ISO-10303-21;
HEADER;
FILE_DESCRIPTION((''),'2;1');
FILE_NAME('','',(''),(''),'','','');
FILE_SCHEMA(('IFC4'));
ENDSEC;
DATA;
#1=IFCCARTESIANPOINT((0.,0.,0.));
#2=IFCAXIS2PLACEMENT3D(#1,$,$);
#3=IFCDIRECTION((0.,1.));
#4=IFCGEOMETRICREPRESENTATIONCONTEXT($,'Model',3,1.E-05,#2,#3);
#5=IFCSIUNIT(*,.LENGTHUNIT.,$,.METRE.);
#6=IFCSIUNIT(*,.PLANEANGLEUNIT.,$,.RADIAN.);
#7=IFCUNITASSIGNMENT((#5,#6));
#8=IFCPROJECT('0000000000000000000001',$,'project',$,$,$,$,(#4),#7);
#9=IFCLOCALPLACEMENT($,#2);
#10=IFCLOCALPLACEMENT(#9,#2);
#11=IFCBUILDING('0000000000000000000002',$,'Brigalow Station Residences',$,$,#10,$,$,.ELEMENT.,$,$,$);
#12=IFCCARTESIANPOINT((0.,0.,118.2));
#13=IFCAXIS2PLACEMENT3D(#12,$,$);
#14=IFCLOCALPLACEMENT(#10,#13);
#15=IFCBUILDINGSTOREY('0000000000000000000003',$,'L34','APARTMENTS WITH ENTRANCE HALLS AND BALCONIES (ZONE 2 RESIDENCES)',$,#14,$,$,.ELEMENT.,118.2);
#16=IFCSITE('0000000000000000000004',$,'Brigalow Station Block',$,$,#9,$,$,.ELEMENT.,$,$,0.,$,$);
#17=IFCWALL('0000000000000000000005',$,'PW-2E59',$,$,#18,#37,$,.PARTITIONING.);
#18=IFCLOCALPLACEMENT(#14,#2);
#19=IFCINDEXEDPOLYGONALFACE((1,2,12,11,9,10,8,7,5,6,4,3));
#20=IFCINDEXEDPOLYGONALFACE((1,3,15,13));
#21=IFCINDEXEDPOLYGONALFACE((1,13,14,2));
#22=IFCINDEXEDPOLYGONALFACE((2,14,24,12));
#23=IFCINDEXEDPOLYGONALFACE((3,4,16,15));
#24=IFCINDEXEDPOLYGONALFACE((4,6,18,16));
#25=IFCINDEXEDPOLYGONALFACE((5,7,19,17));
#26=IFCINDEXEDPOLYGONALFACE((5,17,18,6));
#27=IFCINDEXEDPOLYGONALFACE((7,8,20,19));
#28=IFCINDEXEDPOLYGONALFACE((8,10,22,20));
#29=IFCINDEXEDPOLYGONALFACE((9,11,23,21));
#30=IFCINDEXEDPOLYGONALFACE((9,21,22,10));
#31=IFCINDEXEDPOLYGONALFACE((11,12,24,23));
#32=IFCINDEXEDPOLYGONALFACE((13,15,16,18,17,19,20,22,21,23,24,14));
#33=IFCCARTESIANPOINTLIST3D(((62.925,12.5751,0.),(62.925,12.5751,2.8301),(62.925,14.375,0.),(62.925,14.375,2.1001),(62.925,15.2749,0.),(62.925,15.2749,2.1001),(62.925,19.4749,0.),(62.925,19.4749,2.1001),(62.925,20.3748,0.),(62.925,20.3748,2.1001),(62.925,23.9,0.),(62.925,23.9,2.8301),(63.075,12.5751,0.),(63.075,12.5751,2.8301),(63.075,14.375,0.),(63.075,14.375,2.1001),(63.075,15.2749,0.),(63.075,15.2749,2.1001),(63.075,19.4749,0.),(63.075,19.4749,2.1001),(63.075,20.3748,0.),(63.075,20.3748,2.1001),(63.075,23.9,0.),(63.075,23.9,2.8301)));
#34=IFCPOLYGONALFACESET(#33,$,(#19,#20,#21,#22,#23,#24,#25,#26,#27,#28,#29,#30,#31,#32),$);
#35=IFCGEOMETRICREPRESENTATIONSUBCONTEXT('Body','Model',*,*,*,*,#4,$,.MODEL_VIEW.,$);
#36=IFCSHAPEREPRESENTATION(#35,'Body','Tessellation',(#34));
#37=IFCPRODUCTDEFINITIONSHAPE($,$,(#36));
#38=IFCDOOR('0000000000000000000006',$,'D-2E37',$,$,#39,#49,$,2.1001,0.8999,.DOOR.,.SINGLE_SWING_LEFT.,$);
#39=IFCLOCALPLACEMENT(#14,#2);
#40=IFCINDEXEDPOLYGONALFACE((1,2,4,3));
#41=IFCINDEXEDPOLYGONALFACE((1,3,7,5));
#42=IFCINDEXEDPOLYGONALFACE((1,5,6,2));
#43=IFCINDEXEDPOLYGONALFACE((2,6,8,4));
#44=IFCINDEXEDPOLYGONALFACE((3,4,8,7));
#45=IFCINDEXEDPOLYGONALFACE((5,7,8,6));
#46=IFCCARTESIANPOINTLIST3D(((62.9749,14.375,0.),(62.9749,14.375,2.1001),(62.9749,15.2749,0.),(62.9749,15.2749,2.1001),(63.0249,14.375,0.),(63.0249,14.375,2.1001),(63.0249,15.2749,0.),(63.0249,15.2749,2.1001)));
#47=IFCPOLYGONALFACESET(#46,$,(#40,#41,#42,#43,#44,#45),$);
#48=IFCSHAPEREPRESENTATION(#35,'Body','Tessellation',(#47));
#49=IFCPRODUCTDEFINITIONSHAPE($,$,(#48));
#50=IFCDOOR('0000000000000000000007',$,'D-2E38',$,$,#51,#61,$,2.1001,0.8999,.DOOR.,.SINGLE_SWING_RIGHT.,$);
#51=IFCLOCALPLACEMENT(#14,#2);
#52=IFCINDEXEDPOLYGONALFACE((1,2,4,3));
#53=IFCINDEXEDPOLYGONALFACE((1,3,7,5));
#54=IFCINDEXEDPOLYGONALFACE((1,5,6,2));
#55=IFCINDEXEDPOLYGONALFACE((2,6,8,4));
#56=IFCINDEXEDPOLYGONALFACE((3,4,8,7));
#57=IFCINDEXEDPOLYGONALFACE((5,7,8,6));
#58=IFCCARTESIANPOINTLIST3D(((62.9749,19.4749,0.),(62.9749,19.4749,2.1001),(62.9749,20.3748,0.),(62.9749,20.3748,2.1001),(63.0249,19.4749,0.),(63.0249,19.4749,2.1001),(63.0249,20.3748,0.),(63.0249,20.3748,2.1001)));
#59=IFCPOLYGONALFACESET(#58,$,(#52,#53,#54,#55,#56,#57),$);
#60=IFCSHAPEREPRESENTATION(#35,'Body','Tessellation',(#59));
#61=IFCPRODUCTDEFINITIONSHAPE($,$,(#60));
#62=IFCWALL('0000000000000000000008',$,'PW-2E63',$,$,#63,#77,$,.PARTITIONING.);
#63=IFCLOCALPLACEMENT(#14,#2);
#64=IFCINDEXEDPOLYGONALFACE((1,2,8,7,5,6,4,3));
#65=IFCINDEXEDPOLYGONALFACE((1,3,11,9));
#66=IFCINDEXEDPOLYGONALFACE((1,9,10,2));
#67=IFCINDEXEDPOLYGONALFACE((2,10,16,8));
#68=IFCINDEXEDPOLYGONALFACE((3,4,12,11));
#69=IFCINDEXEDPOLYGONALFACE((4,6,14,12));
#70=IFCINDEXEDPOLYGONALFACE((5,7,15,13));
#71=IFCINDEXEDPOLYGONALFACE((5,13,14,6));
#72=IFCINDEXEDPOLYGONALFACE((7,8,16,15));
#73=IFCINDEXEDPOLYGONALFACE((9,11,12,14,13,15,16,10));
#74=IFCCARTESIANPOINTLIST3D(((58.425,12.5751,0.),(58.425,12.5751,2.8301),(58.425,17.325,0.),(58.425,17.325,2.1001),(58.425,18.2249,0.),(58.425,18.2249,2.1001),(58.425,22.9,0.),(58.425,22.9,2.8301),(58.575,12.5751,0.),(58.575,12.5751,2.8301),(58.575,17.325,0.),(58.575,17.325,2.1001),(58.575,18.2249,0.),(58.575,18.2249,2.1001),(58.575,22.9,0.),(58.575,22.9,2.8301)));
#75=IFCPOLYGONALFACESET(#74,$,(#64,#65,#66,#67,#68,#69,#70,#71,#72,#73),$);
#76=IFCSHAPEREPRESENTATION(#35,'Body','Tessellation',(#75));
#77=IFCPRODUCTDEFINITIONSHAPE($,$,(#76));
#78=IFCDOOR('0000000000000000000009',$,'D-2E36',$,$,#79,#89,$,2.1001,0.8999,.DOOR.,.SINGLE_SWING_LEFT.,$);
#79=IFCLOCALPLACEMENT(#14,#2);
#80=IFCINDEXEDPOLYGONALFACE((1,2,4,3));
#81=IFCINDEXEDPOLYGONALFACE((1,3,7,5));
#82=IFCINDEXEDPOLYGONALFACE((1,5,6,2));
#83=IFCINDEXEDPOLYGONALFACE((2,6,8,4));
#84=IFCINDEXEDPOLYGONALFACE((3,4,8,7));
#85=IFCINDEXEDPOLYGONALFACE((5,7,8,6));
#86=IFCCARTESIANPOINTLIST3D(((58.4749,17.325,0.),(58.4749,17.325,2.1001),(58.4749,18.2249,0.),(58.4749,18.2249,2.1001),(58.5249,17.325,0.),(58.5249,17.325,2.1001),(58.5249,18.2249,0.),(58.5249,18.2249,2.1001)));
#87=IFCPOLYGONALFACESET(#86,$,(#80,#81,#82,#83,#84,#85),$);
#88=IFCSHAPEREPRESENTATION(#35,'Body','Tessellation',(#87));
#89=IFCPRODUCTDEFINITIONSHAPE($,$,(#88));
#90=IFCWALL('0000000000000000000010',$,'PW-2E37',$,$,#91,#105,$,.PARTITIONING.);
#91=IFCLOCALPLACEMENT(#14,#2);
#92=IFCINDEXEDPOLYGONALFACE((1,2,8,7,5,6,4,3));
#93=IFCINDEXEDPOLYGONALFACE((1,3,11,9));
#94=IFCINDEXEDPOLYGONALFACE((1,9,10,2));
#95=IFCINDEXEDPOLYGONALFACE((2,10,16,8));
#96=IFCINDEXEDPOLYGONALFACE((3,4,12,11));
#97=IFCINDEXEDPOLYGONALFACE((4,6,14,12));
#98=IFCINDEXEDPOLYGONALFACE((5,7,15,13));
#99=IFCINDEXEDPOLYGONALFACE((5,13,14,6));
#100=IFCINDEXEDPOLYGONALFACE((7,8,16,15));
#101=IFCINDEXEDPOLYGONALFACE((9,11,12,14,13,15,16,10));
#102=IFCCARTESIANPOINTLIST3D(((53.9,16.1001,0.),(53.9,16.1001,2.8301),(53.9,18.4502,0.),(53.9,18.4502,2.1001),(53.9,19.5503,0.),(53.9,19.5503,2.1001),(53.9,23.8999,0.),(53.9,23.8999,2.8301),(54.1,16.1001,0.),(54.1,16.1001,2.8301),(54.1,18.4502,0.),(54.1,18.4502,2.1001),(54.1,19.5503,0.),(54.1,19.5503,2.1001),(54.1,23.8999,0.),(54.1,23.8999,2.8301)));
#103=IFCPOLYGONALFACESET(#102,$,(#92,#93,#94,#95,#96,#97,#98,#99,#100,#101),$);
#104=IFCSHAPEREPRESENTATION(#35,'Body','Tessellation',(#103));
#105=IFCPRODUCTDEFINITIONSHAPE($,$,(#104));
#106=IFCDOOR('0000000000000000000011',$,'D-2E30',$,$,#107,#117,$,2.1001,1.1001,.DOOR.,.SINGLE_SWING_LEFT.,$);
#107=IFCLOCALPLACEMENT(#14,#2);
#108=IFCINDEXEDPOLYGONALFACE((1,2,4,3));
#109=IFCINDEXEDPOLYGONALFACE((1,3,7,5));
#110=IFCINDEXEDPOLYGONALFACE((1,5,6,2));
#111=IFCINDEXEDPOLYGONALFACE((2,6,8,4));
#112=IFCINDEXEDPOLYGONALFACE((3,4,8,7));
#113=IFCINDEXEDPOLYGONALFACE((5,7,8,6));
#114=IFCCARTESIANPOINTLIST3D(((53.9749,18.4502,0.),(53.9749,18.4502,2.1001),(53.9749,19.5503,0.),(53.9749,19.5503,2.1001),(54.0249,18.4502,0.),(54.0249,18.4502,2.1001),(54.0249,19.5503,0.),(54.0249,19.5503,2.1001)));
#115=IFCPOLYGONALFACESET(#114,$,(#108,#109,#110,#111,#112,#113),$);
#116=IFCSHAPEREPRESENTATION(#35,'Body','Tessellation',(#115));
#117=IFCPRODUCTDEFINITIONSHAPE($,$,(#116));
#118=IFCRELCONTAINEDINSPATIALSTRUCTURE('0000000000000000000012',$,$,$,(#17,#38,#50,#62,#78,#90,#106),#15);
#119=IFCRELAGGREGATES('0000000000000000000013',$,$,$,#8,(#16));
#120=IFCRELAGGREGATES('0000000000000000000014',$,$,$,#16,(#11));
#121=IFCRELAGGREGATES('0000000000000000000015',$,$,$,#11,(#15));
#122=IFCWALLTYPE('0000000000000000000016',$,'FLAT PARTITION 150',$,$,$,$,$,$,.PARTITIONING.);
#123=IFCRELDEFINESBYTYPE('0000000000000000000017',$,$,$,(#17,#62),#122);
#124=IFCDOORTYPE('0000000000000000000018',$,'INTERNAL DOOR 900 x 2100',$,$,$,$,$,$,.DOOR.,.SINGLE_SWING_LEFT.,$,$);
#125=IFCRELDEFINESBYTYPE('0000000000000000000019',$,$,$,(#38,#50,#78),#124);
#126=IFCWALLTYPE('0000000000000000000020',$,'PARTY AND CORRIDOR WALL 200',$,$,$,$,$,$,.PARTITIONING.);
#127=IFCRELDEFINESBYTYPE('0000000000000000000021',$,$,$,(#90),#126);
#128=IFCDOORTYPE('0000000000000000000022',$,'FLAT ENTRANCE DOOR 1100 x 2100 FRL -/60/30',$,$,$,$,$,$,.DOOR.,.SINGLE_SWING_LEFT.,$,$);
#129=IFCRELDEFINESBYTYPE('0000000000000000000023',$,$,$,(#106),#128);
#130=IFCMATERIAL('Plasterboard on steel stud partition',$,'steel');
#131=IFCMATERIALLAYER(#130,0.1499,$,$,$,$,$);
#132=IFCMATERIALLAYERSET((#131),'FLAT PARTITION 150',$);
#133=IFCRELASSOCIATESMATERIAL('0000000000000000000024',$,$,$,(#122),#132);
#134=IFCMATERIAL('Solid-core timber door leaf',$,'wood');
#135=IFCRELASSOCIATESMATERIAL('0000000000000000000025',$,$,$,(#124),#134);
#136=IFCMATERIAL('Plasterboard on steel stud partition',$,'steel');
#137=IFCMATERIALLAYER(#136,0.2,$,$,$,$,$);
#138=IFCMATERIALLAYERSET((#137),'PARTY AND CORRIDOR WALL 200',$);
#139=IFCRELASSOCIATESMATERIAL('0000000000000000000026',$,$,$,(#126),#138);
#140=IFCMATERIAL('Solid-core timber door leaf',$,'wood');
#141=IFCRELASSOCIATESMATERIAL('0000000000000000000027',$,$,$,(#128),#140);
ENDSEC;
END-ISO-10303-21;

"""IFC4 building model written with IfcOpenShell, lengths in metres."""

from ifc_helpers import new_model, si_unit, direction, frame, frame_2d, origin, place, context, subcontext, project, spatial, rectangle, extrude, material, layer, layer_set, type_object, element, fill, save


model = new_model("IFC4")

# Units and contexts
model_context = context("Model", 3, precision=1e-05, world=origin(), true_north=direction((0.0, 1.0)))
body_context = subcontext(model_context, "Body", "Model", "MODEL_VIEW")
ifc_project = project(units=[si_unit("LENGTHUNIT", "METRE"), si_unit("PLANEANGLEUNIT", "RADIAN")], contexts=[model_context])

# Site, building, storey
site_placement = place(None, origin())
site = spatial("IfcSite", under=ifc_project, at=site_placement, Name="Brigalow Station Block", CompositionType="ELEMENT", RefElevation=0.0)
building_placement = place(site_placement, origin())
building = spatial("IfcBuilding", under=site, at=building_placement, Name="Brigalow Station Residences", CompositionType="ELEMENT")
storey_placement = place(building_placement, frame((0.0, 0.0, 118.2)))
storey = spatial("IfcBuildingStorey", under=building, at=storey_placement, Name="L34", Description="APARTMENTS WITH ENTRANCE HALLS AND BALCONIES (ZONE 2 RESIDENCES)", CompositionType="ELEMENT", Elevation=118.2)

# Shared definitions
ifc_material_1 = material(Name="Plasterboard on steel stud partition", Category="steel")
ifc_layer_1 = layer(ifc_material_1, 0.1499)
ifc_layer_set_1 = layer_set([ifc_layer_1], Name="FLAT PARTITION 150")
wall_type_1 = type_object("IfcWallType", Name="FLAT PARTITION 150", PredefinedType="PARTITIONING", material=ifc_layer_set_1)

# Wall, openings, doors
wall_1_placement = place(storey_placement, frame((63.0, 12.575, 0.0), z_axis=(0.0, 0.0, 1.0), x_axis=(0.0, 1.0, 0.0)))
wall_1 = element("IfcWall", 1, at=wall_1_placement, inside=storey, type_object=wall_type_1, Name="PW-2E59", PredefinedType="PARTITIONING", context=body_context, shape_type="SweptSolid", body=[
    extrude(rectangle(XDim=11.325, YDim=0.1499, at=frame_2d((5.6626, 0.0))), origin(), (0.0, 0.0, 1.0), 2.8301),
])
opening_1_placement = place(wall_1_placement, frame((1.8, 0.0, 0.0)))
opening_1 = element("IfcOpeningElement", 2, at=opening_1_placement, cuts=wall_1, PredefinedType="OPENING", context=body_context, shape_type="SweptSolid", body=[
    extrude(rectangle(XDim=0.8999, YDim=2.1001, at=frame_2d((0.45, 1.05))), frame((0.0, 0.085, 0.0), z_axis=(0.0, -1.0, 0.0), x_axis=(1.0, 0.0, 0.0)), (0.0, 0.0, 1.0), 0.1699),
])
opening_2_placement = place(wall_1_placement, frame((6.8999, 0.0, 0.0)))
opening_2 = element("IfcOpeningElement", 3, at=opening_2_placement, cuts=wall_1, PredefinedType="OPENING", context=body_context, shape_type="SweptSolid", body=[
    extrude(rectangle(XDim=0.8999, YDim=2.1001, at=frame_2d((0.45, 1.05))), frame((0.0, 0.085, 0.0), z_axis=(0.0, -1.0, 0.0), x_axis=(1.0, 0.0, 0.0)), (0.0, 0.0, 1.0), 0.1699),
])
ifc_material_2 = material(Name="Solid-core timber door leaf", Category="wood")
door_type_1 = type_object("IfcDoorType", Name="INTERNAL DOOR 900 x 2100", OperationType="SINGLE_SWING_LEFT", PredefinedType="DOOR", material=ifc_material_2)
door_1_placement = place(opening_1_placement, frame((0.8999, 0.0, 0.0), z_axis=(0.0, 0.0, 1.0), x_axis=(-1.0, 0.0, 0.0)))
door_1 = element("IfcDoor", 4, at=door_1_placement, inside=storey, type_object=door_type_1, Name="D-2E37", OperationType="SINGLE_SWING_LEFT", OverallHeight=2.1001, OverallWidth=0.8999, PredefinedType="DOOR", context=body_context, shape_type="SweptSolid", body=[
    extrude(rectangle(XDim=0.8999, YDim=2.1001, at=frame_2d((0.45, 1.05))), frame((0.0, 0.0249, 0.0), z_axis=(0.0, -1.0, 0.0), x_axis=(1.0, 0.0, 0.0)), (0.0, 0.0, 1.0), 0.05),
])
fill(opening_1, door_1)
door_2_placement = place(opening_2_placement, frame((0.8999, 0.0, 0.0), z_axis=(0.0, 0.0, 1.0), x_axis=(-1.0, 0.0, 0.0)))
door_2 = element("IfcDoor", 5, at=door_2_placement, inside=storey, type_object=door_type_1, Name="D-2E38", OperationType="SINGLE_SWING_RIGHT", OverallHeight=2.1001, OverallWidth=0.8999, PredefinedType="DOOR", context=body_context, shape_type="SweptSolid", body=[
    extrude(rectangle(XDim=0.8999, YDim=2.1001, at=frame_2d((0.45, 1.05))), frame((0.0, 0.0249, 0.0), z_axis=(0.0, -1.0, 0.0), x_axis=(1.0, 0.0, 0.0)), (0.0, 0.0, 1.0), 0.05),
])
fill(opening_2, door_2)

# Walls, openings, doors
wall_2_placement = place(storey_placement, frame((58.5, 12.575, 0.0), z_axis=(0.0, 0.0, 1.0), x_axis=(0.0, 1.0, 0.0)))
wall_2 = element("IfcWall", 6, at=wall_2_placement, inside=storey, type_object=wall_type_1, Name="PW-2E63", PredefinedType="PARTITIONING", context=body_context, shape_type="SweptSolid", body=[
    extrude(rectangle(XDim=10.325, YDim=0.1499, at=frame_2d((5.1626, 0.0))), origin(), (0.0, 0.0, 1.0), 2.8301),
])
opening_3_placement = place(wall_2_placement, frame((4.75, 0.0, 0.0)))
opening_3 = element("IfcOpeningElement", 7, at=opening_3_placement, cuts=wall_2, PredefinedType="OPENING", context=body_context, shape_type="SweptSolid", body=[
    extrude(rectangle(XDim=0.8999, YDim=2.1001, at=frame_2d((0.45, 1.05))), frame((0.0, 0.085, 0.0), z_axis=(0.0, -1.0, 0.0), x_axis=(1.0, 0.0, 0.0)), (0.0, 0.0, 1.0), 0.1699),
])
door_3_placement = place(opening_3_placement, frame((0.8999, 0.0, 0.0), z_axis=(0.0, 0.0, 1.0), x_axis=(-1.0, 0.0, 0.0)))
door_3 = element("IfcDoor", 8, at=door_3_placement, inside=storey, type_object=door_type_1, Name="D-2E36", OperationType="SINGLE_SWING_LEFT", OverallHeight=2.1001, OverallWidth=0.8999, PredefinedType="DOOR", context=body_context, shape_type="SweptSolid", body=[
    extrude(rectangle(XDim=0.8999, YDim=2.1001, at=frame_2d((0.45, 1.05))), frame((0.0, 0.0249, 0.0), z_axis=(0.0, -1.0, 0.0), x_axis=(1.0, 0.0, 0.0)), (0.0, 0.0, 1.0), 0.05),
])
fill(opening_3, door_3)
ifc_material_3 = material(Name="Plasterboard on steel stud partition", Category="steel")
ifc_layer_2 = layer(ifc_material_3, 0.2)
ifc_layer_set_2 = layer_set([ifc_layer_2], Name="PARTY AND CORRIDOR WALL 200")
wall_type_2 = type_object("IfcWallType", Name="PARTY AND CORRIDOR WALL 200", PredefinedType="PARTITIONING", material=ifc_layer_set_2)
wall_3_placement = place(storey_placement, frame((54.0, 16.1001, 0.0), z_axis=(0.0, 0.0, 1.0), x_axis=(0.0, 1.0, 0.0)))
wall_3 = element("IfcWall", 9, at=wall_3_placement, inside=storey, type_object=wall_type_2, Name="PW-2E37", PredefinedType="PARTITIONING", context=body_context, shape_type="SweptSolid", body=[
    extrude(rectangle(XDim=7.7998, YDim=0.2, at=frame_2d((3.8999, 0.0))), origin(), (0.0, 0.0, 1.0), 2.8301),
])
opening_4_placement = place(wall_3_placement, frame((2.3501, 0.0, 0.0)))
opening_4 = element("IfcOpeningElement", 10, at=opening_4_placement, cuts=wall_3, PredefinedType="OPENING", context=body_context, shape_type="SweptSolid", body=[
    extrude(rectangle(XDim=1.1001, YDim=2.1001, at=frame_2d((0.55, 1.05))), frame((0.0, 0.1099, 0.0), z_axis=(0.0, -1.0, 0.0), x_axis=(1.0, 0.0, 0.0)), (0.0, 0.0, 1.0), 0.22),
])
ifc_material_4 = material(Name="Solid-core timber door leaf", Category="wood")
door_type_2 = type_object("IfcDoorType", Name="FLAT ENTRANCE DOOR 1100 x 2100 FRL -/60/30", OperationType="SINGLE_SWING_LEFT", PredefinedType="DOOR", material=ifc_material_4)
door_4_placement = place(opening_4_placement, frame((1.1001, 0.0, 0.0), z_axis=(0.0, 0.0, 1.0), x_axis=(-1.0, 0.0, 0.0)))
door_4 = element("IfcDoor", 11, at=door_4_placement, inside=storey, type_object=door_type_2, Name="D-2E30", OperationType="SINGLE_SWING_LEFT", OverallHeight=2.1001, OverallWidth=1.1001, PredefinedType="DOOR", context=body_context, shape_type="SweptSolid", body=[
    extrude(rectangle(XDim=1.1001, YDim=2.1001, at=frame_2d((0.55, 1.05))), frame((0.0, 0.0249, 0.0), z_axis=(0.0, -1.0, 0.0), x_axis=(1.0, 0.0, 0.0)), (0.0, 0.0, 1.0), 0.05),
])
fill(opening_4, door_4)

save(model, "model.ifc")
